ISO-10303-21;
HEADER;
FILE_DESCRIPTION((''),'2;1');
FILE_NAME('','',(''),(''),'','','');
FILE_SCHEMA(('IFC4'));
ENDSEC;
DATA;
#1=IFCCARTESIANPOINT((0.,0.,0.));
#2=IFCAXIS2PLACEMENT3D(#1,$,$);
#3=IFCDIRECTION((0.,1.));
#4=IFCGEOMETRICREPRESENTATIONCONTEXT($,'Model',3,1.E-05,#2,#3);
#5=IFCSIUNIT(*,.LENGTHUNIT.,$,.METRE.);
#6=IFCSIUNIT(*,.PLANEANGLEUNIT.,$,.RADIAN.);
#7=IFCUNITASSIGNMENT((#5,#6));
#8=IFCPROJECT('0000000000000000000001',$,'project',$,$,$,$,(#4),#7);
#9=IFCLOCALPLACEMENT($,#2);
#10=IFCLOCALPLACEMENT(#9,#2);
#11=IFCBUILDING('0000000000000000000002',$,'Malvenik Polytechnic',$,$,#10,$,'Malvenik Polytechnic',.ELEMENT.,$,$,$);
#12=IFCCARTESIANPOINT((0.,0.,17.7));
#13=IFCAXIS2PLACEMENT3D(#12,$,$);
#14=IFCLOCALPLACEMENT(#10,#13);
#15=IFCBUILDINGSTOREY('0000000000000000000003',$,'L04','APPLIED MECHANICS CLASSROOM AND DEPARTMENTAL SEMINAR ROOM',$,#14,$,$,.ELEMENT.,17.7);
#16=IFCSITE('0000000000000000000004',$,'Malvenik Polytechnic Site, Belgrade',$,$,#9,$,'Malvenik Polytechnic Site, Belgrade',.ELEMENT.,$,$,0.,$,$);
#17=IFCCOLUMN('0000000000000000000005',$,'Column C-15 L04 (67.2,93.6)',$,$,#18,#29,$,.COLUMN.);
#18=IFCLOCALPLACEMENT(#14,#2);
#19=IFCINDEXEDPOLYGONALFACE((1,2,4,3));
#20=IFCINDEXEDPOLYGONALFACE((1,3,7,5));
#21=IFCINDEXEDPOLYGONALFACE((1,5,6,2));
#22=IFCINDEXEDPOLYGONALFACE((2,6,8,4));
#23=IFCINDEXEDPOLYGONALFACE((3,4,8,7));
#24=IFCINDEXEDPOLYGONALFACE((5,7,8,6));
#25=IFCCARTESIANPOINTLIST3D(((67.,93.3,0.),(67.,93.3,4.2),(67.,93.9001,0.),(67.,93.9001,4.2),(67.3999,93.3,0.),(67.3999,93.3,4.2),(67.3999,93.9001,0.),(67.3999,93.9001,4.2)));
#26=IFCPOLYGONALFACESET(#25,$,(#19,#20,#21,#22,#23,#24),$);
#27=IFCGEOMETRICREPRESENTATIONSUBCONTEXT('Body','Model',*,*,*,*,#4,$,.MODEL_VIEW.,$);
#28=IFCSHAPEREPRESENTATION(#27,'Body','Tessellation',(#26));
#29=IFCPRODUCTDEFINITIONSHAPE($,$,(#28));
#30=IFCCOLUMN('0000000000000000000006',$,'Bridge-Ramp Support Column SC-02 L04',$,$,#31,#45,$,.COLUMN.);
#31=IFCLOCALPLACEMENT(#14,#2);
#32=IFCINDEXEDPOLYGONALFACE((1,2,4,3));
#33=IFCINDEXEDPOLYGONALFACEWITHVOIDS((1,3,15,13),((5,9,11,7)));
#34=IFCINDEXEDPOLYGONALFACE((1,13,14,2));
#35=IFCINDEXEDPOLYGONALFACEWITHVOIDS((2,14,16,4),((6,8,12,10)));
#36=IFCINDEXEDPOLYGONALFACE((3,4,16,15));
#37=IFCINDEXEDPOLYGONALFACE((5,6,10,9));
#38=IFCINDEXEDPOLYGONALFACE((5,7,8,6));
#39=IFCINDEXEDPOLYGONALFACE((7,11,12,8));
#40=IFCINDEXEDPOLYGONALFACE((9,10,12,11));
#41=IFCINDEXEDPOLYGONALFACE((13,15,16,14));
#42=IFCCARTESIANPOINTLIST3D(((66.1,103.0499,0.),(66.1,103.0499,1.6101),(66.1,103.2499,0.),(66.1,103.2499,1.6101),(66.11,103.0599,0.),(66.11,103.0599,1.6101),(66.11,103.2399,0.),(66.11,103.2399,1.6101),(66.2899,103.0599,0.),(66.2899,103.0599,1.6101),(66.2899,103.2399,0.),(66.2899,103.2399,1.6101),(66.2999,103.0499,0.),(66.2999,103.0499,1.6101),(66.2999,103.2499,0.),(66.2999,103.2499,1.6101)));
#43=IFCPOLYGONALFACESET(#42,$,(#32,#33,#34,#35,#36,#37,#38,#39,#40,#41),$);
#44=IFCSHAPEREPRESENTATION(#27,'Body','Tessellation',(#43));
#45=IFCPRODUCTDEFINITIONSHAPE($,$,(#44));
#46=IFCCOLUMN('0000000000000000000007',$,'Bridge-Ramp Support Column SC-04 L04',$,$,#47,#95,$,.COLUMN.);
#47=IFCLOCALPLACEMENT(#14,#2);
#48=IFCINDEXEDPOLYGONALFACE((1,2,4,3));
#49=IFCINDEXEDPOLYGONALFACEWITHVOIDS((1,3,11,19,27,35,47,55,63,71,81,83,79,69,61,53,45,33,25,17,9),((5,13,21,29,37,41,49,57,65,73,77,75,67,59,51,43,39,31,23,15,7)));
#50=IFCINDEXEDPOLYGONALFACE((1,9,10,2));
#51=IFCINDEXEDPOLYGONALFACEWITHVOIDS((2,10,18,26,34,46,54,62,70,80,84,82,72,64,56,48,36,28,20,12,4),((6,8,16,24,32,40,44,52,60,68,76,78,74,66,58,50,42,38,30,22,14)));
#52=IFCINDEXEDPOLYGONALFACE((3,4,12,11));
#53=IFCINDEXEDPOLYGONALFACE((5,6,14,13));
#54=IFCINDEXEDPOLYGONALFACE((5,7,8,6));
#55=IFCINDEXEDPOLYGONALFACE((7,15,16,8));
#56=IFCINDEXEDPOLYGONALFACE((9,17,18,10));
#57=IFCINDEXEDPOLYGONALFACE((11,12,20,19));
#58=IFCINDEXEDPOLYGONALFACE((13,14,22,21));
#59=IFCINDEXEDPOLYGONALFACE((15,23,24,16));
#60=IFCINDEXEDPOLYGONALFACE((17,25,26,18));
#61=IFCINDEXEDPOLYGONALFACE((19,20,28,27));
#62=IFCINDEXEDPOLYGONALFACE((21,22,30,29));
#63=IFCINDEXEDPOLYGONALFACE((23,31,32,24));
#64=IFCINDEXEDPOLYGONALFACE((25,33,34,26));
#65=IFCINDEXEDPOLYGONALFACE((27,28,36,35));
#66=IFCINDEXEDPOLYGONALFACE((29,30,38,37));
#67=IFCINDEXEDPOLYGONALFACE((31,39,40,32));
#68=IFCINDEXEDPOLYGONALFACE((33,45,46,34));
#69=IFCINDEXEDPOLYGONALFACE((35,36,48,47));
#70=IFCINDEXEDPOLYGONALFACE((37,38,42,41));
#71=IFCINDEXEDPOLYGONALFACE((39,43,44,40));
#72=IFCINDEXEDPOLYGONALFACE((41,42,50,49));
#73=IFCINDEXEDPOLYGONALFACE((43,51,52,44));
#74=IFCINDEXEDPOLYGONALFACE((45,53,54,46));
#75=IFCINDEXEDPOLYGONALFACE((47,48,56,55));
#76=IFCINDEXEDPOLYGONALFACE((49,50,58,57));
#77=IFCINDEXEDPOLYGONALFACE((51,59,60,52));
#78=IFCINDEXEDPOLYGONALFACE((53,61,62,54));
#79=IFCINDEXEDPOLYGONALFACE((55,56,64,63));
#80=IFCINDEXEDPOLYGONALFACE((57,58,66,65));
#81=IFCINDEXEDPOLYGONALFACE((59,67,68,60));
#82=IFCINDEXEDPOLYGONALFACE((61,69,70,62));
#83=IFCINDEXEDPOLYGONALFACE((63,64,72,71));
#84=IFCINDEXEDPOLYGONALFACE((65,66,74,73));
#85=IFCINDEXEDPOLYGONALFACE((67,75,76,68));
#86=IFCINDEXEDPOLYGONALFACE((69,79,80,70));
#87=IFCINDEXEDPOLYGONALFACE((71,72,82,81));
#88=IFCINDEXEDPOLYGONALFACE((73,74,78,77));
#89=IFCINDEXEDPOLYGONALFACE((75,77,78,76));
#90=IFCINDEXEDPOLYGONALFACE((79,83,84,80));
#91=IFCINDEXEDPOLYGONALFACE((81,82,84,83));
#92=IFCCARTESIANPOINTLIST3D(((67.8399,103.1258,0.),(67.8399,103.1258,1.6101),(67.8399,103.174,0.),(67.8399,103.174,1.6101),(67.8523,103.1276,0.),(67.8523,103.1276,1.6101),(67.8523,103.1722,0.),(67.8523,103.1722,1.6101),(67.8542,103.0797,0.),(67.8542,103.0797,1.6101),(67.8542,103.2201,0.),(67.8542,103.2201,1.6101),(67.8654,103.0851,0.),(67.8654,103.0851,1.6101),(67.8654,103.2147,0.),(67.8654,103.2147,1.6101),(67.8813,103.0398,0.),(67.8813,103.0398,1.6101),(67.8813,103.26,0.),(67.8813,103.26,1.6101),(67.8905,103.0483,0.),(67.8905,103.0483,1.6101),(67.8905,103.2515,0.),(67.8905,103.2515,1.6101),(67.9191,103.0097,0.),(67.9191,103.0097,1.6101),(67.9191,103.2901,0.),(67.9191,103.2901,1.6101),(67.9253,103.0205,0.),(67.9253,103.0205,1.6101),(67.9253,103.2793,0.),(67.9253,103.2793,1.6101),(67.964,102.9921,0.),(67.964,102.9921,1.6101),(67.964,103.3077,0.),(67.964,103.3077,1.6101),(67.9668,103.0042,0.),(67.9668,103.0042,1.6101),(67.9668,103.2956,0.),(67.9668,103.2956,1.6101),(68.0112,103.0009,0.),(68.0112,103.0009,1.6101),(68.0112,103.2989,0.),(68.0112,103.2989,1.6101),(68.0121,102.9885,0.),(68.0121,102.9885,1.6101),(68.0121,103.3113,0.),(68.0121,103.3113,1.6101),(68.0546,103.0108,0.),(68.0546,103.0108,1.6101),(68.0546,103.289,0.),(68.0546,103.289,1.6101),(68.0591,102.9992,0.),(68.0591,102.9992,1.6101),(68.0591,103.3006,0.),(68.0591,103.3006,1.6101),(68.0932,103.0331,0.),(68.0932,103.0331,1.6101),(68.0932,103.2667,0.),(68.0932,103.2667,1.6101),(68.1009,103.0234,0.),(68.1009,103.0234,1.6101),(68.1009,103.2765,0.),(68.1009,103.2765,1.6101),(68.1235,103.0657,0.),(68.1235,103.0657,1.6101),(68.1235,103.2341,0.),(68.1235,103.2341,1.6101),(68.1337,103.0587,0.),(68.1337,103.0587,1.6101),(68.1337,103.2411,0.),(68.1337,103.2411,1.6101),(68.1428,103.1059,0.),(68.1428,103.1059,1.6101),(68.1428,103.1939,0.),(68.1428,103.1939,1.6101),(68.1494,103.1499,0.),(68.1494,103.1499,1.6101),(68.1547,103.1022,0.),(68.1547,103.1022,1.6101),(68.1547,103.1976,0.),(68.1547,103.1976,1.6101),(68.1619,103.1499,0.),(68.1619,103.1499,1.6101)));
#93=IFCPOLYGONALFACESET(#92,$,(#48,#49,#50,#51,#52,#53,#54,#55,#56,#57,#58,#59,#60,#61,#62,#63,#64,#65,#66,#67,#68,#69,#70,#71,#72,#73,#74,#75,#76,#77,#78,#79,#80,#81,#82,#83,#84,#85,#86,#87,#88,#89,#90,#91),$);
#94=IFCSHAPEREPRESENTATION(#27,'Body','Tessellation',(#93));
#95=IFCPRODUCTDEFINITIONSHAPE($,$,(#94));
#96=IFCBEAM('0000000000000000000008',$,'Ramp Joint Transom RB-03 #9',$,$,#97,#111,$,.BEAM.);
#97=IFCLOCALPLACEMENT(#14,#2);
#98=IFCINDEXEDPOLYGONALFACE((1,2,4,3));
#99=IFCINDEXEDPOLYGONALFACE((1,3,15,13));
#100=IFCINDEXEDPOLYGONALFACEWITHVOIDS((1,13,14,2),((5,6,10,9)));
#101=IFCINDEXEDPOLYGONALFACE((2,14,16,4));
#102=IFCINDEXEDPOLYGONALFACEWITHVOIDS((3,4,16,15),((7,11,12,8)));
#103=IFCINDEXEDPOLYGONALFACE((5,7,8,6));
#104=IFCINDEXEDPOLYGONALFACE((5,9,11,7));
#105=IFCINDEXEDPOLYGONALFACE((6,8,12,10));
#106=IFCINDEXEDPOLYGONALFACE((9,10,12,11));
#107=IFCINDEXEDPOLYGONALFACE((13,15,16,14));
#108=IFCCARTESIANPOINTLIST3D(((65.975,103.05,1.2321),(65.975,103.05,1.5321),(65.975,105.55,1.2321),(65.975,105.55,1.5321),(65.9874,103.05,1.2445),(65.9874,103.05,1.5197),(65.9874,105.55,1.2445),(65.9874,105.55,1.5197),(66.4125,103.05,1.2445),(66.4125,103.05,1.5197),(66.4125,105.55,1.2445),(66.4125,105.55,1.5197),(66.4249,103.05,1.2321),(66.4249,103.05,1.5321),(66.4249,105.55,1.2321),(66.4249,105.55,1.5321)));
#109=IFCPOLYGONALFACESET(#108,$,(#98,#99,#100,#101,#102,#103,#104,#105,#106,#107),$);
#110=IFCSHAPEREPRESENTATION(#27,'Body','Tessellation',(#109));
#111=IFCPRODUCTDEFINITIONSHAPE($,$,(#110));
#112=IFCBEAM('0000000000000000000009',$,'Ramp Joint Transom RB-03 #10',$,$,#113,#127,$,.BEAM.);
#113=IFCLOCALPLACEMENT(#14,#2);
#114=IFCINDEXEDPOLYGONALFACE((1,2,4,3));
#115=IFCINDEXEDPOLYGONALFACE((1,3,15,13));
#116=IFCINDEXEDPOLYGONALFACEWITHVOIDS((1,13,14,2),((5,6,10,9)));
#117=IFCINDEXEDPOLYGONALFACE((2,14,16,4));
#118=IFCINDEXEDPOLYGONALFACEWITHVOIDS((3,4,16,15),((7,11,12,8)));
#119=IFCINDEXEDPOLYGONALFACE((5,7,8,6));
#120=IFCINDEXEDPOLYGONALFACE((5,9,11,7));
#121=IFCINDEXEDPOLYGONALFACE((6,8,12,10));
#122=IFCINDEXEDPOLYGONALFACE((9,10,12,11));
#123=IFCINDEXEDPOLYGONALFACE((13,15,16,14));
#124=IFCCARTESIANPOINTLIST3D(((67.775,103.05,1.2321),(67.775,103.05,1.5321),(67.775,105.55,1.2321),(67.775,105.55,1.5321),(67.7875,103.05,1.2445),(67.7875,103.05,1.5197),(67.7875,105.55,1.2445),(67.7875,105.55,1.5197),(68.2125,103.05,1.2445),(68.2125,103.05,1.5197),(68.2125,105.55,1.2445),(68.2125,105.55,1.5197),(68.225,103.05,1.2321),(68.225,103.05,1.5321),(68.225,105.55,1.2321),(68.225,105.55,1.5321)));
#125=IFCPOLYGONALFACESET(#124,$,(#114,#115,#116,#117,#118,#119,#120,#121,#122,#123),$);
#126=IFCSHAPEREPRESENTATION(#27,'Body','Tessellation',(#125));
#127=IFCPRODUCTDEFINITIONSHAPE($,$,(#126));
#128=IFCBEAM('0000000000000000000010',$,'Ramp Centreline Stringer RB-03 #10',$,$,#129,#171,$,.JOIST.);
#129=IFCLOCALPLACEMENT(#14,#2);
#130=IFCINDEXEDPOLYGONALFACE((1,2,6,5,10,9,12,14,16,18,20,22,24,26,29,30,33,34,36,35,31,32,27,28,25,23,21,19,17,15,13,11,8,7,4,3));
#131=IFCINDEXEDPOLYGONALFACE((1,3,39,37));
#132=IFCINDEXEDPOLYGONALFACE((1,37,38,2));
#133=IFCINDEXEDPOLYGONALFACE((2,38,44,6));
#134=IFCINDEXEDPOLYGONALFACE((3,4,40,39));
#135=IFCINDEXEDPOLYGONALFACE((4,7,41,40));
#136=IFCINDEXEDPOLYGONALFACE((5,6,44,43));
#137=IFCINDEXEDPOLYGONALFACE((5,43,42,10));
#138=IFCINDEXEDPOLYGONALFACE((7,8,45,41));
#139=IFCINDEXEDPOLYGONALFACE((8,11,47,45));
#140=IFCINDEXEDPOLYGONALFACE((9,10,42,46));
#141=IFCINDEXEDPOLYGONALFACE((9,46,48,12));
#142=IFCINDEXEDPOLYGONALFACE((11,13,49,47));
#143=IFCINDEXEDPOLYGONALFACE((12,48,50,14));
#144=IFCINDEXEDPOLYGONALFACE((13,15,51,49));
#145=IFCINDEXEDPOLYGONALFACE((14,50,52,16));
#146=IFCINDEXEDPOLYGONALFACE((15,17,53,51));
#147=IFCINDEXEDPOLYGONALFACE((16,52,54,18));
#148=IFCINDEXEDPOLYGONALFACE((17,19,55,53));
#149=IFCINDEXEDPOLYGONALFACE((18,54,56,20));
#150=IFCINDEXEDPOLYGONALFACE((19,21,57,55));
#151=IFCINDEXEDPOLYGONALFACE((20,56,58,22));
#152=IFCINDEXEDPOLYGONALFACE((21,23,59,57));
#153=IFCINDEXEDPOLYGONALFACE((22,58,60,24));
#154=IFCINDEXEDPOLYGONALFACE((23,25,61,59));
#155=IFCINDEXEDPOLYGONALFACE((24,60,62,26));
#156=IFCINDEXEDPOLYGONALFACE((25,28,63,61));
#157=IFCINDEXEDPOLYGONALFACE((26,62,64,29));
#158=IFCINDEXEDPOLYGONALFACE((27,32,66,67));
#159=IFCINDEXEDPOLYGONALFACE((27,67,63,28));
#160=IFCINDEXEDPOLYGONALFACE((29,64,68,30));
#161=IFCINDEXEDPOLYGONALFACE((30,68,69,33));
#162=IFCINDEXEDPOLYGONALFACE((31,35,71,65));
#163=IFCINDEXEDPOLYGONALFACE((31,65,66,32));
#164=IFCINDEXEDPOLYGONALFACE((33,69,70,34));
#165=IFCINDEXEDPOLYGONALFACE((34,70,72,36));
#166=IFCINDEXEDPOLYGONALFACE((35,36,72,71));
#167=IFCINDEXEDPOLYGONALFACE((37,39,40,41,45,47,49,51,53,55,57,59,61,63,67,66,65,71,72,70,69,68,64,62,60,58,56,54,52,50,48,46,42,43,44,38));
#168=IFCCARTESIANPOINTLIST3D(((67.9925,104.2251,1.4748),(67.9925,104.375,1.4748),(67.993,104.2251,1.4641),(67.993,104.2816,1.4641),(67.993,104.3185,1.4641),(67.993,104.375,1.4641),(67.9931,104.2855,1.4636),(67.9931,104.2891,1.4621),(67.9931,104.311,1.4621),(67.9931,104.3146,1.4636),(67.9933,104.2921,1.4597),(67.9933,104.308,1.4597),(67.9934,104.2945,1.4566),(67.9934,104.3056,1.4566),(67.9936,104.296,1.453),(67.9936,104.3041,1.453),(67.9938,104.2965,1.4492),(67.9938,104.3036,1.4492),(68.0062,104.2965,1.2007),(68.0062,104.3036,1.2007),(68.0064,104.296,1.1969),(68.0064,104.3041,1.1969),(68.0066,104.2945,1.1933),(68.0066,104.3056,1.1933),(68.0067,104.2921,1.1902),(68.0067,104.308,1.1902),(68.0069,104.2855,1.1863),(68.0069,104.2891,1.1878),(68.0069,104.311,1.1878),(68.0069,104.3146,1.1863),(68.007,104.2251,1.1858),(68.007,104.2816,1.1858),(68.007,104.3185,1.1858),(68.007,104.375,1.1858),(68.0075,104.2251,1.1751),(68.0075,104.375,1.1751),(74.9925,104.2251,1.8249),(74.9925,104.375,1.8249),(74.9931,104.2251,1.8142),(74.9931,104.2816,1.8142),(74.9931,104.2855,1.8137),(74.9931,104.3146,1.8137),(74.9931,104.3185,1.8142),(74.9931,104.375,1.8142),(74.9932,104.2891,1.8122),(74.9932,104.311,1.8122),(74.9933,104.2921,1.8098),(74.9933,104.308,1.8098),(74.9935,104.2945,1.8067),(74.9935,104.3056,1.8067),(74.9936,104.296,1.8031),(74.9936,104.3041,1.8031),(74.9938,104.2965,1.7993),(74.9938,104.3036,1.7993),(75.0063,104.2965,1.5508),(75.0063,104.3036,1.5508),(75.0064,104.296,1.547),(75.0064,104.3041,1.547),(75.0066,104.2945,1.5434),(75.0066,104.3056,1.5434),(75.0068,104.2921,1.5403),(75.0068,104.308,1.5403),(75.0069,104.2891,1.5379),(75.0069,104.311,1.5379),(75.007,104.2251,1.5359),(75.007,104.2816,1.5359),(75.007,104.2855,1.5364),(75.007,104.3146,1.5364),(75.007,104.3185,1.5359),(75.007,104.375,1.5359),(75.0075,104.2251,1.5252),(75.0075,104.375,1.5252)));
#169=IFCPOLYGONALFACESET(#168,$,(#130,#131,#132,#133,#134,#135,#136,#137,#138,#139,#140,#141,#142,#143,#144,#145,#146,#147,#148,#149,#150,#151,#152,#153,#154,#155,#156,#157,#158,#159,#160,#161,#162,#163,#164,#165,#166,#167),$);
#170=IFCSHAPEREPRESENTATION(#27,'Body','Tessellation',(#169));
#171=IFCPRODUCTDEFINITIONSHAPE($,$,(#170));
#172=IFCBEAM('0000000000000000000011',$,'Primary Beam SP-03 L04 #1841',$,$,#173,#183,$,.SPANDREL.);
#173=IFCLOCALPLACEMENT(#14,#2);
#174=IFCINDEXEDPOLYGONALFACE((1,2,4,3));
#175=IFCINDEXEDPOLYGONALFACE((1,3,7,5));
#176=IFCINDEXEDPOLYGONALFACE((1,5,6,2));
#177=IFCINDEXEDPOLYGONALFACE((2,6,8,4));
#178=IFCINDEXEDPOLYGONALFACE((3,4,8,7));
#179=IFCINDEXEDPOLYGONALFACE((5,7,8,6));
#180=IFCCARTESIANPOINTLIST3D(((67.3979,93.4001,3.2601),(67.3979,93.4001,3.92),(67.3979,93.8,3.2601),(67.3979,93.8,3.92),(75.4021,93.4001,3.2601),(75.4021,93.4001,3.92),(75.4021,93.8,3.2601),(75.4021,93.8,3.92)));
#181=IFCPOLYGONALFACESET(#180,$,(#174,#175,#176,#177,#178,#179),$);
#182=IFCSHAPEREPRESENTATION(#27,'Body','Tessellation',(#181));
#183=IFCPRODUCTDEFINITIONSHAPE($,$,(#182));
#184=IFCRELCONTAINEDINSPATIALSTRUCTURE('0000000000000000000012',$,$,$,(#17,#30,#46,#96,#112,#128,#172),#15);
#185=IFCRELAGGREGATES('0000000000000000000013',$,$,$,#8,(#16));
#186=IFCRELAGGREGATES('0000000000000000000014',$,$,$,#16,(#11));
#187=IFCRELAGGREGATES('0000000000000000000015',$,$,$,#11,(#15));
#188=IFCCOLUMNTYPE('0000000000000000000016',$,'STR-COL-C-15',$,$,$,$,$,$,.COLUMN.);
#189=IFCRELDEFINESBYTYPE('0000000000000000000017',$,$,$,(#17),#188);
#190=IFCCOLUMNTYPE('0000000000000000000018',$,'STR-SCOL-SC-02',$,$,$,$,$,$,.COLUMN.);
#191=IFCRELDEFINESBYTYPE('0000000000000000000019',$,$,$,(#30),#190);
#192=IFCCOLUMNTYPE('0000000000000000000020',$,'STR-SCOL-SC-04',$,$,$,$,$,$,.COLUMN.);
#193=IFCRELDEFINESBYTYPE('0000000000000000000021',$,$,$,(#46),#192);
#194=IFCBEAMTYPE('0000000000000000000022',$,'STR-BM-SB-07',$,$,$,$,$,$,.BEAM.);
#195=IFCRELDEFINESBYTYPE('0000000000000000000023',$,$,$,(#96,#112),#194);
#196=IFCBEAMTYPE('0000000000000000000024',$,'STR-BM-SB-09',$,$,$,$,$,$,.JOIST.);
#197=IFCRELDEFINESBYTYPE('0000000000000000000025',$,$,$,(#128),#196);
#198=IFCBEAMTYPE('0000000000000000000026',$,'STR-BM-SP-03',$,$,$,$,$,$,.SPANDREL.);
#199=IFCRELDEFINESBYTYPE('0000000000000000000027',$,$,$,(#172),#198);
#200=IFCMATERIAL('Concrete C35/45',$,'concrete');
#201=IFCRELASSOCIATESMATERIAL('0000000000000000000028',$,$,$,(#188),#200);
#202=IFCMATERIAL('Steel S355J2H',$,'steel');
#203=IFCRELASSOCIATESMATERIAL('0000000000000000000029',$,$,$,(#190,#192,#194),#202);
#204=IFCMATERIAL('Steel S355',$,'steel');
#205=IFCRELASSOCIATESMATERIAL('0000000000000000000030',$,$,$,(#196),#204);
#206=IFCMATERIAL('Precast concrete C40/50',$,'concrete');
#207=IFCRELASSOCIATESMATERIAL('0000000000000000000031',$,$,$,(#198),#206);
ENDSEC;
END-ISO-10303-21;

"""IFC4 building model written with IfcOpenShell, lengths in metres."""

from ifc_helpers import new_model, si_unit, direction, frame, origin, origin_2d, place, context, subcontext, project, spatial, rectangle, hollow_rectangle, hollow_circle, i_section, extrude, material, material_profile, profile_set, type_object, element, save


model = new_model("IFC4")

# Units and contexts
model_context = context("Model", 3, precision=1e-05, world=origin(), true_north=direction((0.0, 1.0)))
body_context = subcontext(model_context, "Body", "Model", "MODEL_VIEW")
ifc_project = project(units=[si_unit("LENGTHUNIT", "METRE"), si_unit("PLANEANGLEUNIT", "RADIAN")], contexts=[model_context])

# Site, building, storey
site_placement = place(None, origin())
site = spatial("IfcSite", under=ifc_project, at=site_placement, Name="Malvenik Polytechnic Site, Belgrade", LongName="Malvenik Polytechnic Site, Belgrade", CompositionType="ELEMENT", RefElevation=0.0)
building_placement = place(site_placement, origin())
building = spatial("IfcBuilding", under=site, at=building_placement, Name="Malvenik Polytechnic", LongName="Malvenik Polytechnic", CompositionType="ELEMENT")
storey_placement = place(building_placement, frame((0.0, 0.0, 17.7)))
storey = spatial("IfcBuildingStorey", under=building, at=storey_placement, Name="L04", Description="APPLIED MECHANICS CLASSROOM AND DEPARTMENTAL SEMINAR ROOM", CompositionType="ELEMENT", Elevation=17.7)

# Columns
ifc_material_1 = material(Name="Concrete C35/45", Category="concrete")
ifc_material_profile_1 = material_profile(ifc_material_1, rectangle(XDim=0.3999, YDim=0.6001, at=origin_2d()), Name="RC COL 600x400")
ifc_profile_set_1 = profile_set([ifc_material_profile_1], Name="Concrete C35/45")
column_type_1 = type_object("IfcColumnType", Name="STR-COL-C-15", PredefinedType="COLUMN", material=ifc_profile_set_1)
column_1_placement = place(storey_placement, frame((67.2, 93.6001, 0.0), z_axis=(0.0, 0.0, 1.0), x_axis=(1.0, 0.0, 0.0)))
element("IfcColumn", 1, at=column_1_placement, inside=storey, type_object=column_type_1, Name="Column C-15 L04 (67.2,93.6)", PredefinedType="COLUMN", context=body_context, shape_type="SweptSolid", body=[
    extrude(rectangle(XDim=0.3999, YDim=0.6001, at=origin_2d()), origin(), (0.0, 0.0, 1.0), 4.2),
])
ifc_material_2 = material(Name="Steel S355J2H", Category="steel")
ifc_material_profile_2 = material_profile(ifc_material_2, hollow_rectangle(XDim=0.2, YDim=0.2, WallThickness=0.01, at=origin_2d()), Name="SHS 200x200x10.0")
ifc_profile_set_2 = profile_set([ifc_material_profile_2], Name="Steel S355J2H")
column_type_2 = type_object("IfcColumnType", Name="STR-SCOL-SC-02", PredefinedType="COLUMN", material=ifc_profile_set_2)
column_2_placement = place(storey_placement, frame((66.2, 103.1499, 0.0), z_axis=(0.0, 0.0, 1.0), x_axis=(1.0, 0.0, 0.0)))
element("IfcColumn", 2, at=column_2_placement, inside=storey, type_object=column_type_2, Name="Bridge-Ramp Support Column SC-02 L04", PredefinedType="COLUMN", context=body_context, shape_type="SweptSolid", body=[
    extrude(hollow_rectangle(XDim=0.2, YDim=0.2, WallThickness=0.01, at=origin_2d()), origin(), (0.0, 0.0, 1.0), 1.6101),
])
ifc_material_profile_3 = material_profile(ifc_material_2, hollow_circle(Radius=0.1619, WallThickness=0.0125, at=origin_2d()), Name="CHS 323.9x12.5")
ifc_profile_set_3 = profile_set([ifc_material_profile_3], Name="Steel S355J2H")
column_type_3 = type_object("IfcColumnType", Name="STR-SCOL-SC-04", PredefinedType="COLUMN", material=ifc_profile_set_3)
column_3_placement = place(storey_placement, frame((68.0, 103.1499, 0.0), z_axis=(0.0, 0.0, 1.0), x_axis=(1.0, 0.0, 0.0)))
element("IfcColumn", 3, at=column_3_placement, inside=storey, type_object=column_type_3, Name="Bridge-Ramp Support Column SC-04 L04", PredefinedType="COLUMN", context=body_context, shape_type="SweptSolid", body=[
    extrude(hollow_circle(Radius=0.1619, WallThickness=0.0125, at=origin_2d()), origin(), (0.0, 0.0, 1.0), 1.6101),
])

# Beams
ifc_material_profile_4 = material_profile(ifc_material_2, hollow_rectangle(XDim=0.45, YDim=0.3, WallThickness=0.0125, at=origin_2d()), Name="RHS 450x300x12.5")
ifc_profile_set_4 = profile_set([ifc_material_profile_4], Name="Steel S355J2H")
beam_type_1 = type_object("IfcBeamType", Name="STR-BM-SB-07", PredefinedType="BEAM", material=ifc_profile_set_4)
for number, where, z_axis, x_axis, name in (
    (4, (66.2, 103.05, 1.3821), (0.0, 1.0, 0.0), (-1.0, 0.0, 0.0), "Ramp Joint Transom RB-03 #9"),
    (5, (68.0, 103.05, 1.3821), (0.0, 1.0, 0.0), (-1.0, 0.0, 0.0), "Ramp Joint Transom RB-03 #10"),
):
    element("IfcBeam", number, at=place(storey_placement, frame(where, z_axis=z_axis, x_axis=x_axis)), inside=storey, type_object=beam_type_1, Name=name, PredefinedType="BEAM", context=body_context, shape_type="SweptSolid", body=[
        extrude(hollow_rectangle(XDim=0.45, YDim=0.3, WallThickness=0.0125, at=origin_2d()), origin(), (0.0, 0.0, 1.0), 2.5),
    ])
ifc_material_3 = material(Name="Steel S355", Category="steel")
ifc_material_profile_5 = material_profile(ifc_material_3, i_section(OverallWidth=0.1499, OverallDepth=0.3, WebThickness=0.0071, FlangeThickness=0.0107, FilletRadius=0.0149, at=origin_2d()), Name="IPE 300")
ifc_profile_set_5 = profile_set([ifc_material_profile_5], Name="Steel S355")
beam_type_2 = type_object("IfcBeamType", Name="STR-BM-SB-09", PredefinedType="JOIST", material=ifc_profile_set_5)
beam_1_placement = place(storey_placement, frame((68.0, 104.3, 1.325), z_axis=(0.998752, 0.0, 0.049952), x_axis=(0.0, 1.0, 0.0)))
element("IfcBeam", 6, at=beam_1_placement, inside=storey, type_object=beam_type_2, Name="Ramp Centreline Stringer RB-03 #10", PredefinedType="JOIST", context=body_context, shape_type="SweptSolid", body=[
    extrude(i_section(OverallWidth=0.1499, OverallDepth=0.3, WebThickness=0.0071, FlangeThickness=0.0107, FilletRadius=0.0149, at=origin_2d()), origin(), (0.0, 0.0, 1.0), 7.0088),
])
ifc_material_4 = material(Name="Precast concrete C40/50", Category="concrete")
ifc_material_profile_6 = material_profile(ifc_material_4, rectangle(XDim=0.3999, YDim=0.6599, at=origin_2d()), Name="PC SPN 400x660")
ifc_profile_set_6 = profile_set([ifc_material_profile_6], Name="Precast concrete C40/50")
beam_type_3 = type_object("IfcBeamType", Name="STR-BM-SP-03", PredefinedType="SPANDREL", material=ifc_profile_set_6)
beam_2_placement = place(storey_placement, frame((67.3979, 93.6001, 3.5901), z_axis=(1.0, 0.0, 0.0), x_axis=(0.0, 1.0, 0.0)))
element("IfcBeam", 7, at=beam_2_placement, inside=storey, type_object=beam_type_3, Name="Primary Beam SP-03 L04 #1841", PredefinedType="SPANDREL", context=body_context, shape_type="SweptSolid", body=[
    extrude(rectangle(XDim=0.3999, YDim=0.6599, at=origin_2d()), origin(), (0.0, 0.0, 1.0), 8.0042),
])

save(model, "model.ifc")
